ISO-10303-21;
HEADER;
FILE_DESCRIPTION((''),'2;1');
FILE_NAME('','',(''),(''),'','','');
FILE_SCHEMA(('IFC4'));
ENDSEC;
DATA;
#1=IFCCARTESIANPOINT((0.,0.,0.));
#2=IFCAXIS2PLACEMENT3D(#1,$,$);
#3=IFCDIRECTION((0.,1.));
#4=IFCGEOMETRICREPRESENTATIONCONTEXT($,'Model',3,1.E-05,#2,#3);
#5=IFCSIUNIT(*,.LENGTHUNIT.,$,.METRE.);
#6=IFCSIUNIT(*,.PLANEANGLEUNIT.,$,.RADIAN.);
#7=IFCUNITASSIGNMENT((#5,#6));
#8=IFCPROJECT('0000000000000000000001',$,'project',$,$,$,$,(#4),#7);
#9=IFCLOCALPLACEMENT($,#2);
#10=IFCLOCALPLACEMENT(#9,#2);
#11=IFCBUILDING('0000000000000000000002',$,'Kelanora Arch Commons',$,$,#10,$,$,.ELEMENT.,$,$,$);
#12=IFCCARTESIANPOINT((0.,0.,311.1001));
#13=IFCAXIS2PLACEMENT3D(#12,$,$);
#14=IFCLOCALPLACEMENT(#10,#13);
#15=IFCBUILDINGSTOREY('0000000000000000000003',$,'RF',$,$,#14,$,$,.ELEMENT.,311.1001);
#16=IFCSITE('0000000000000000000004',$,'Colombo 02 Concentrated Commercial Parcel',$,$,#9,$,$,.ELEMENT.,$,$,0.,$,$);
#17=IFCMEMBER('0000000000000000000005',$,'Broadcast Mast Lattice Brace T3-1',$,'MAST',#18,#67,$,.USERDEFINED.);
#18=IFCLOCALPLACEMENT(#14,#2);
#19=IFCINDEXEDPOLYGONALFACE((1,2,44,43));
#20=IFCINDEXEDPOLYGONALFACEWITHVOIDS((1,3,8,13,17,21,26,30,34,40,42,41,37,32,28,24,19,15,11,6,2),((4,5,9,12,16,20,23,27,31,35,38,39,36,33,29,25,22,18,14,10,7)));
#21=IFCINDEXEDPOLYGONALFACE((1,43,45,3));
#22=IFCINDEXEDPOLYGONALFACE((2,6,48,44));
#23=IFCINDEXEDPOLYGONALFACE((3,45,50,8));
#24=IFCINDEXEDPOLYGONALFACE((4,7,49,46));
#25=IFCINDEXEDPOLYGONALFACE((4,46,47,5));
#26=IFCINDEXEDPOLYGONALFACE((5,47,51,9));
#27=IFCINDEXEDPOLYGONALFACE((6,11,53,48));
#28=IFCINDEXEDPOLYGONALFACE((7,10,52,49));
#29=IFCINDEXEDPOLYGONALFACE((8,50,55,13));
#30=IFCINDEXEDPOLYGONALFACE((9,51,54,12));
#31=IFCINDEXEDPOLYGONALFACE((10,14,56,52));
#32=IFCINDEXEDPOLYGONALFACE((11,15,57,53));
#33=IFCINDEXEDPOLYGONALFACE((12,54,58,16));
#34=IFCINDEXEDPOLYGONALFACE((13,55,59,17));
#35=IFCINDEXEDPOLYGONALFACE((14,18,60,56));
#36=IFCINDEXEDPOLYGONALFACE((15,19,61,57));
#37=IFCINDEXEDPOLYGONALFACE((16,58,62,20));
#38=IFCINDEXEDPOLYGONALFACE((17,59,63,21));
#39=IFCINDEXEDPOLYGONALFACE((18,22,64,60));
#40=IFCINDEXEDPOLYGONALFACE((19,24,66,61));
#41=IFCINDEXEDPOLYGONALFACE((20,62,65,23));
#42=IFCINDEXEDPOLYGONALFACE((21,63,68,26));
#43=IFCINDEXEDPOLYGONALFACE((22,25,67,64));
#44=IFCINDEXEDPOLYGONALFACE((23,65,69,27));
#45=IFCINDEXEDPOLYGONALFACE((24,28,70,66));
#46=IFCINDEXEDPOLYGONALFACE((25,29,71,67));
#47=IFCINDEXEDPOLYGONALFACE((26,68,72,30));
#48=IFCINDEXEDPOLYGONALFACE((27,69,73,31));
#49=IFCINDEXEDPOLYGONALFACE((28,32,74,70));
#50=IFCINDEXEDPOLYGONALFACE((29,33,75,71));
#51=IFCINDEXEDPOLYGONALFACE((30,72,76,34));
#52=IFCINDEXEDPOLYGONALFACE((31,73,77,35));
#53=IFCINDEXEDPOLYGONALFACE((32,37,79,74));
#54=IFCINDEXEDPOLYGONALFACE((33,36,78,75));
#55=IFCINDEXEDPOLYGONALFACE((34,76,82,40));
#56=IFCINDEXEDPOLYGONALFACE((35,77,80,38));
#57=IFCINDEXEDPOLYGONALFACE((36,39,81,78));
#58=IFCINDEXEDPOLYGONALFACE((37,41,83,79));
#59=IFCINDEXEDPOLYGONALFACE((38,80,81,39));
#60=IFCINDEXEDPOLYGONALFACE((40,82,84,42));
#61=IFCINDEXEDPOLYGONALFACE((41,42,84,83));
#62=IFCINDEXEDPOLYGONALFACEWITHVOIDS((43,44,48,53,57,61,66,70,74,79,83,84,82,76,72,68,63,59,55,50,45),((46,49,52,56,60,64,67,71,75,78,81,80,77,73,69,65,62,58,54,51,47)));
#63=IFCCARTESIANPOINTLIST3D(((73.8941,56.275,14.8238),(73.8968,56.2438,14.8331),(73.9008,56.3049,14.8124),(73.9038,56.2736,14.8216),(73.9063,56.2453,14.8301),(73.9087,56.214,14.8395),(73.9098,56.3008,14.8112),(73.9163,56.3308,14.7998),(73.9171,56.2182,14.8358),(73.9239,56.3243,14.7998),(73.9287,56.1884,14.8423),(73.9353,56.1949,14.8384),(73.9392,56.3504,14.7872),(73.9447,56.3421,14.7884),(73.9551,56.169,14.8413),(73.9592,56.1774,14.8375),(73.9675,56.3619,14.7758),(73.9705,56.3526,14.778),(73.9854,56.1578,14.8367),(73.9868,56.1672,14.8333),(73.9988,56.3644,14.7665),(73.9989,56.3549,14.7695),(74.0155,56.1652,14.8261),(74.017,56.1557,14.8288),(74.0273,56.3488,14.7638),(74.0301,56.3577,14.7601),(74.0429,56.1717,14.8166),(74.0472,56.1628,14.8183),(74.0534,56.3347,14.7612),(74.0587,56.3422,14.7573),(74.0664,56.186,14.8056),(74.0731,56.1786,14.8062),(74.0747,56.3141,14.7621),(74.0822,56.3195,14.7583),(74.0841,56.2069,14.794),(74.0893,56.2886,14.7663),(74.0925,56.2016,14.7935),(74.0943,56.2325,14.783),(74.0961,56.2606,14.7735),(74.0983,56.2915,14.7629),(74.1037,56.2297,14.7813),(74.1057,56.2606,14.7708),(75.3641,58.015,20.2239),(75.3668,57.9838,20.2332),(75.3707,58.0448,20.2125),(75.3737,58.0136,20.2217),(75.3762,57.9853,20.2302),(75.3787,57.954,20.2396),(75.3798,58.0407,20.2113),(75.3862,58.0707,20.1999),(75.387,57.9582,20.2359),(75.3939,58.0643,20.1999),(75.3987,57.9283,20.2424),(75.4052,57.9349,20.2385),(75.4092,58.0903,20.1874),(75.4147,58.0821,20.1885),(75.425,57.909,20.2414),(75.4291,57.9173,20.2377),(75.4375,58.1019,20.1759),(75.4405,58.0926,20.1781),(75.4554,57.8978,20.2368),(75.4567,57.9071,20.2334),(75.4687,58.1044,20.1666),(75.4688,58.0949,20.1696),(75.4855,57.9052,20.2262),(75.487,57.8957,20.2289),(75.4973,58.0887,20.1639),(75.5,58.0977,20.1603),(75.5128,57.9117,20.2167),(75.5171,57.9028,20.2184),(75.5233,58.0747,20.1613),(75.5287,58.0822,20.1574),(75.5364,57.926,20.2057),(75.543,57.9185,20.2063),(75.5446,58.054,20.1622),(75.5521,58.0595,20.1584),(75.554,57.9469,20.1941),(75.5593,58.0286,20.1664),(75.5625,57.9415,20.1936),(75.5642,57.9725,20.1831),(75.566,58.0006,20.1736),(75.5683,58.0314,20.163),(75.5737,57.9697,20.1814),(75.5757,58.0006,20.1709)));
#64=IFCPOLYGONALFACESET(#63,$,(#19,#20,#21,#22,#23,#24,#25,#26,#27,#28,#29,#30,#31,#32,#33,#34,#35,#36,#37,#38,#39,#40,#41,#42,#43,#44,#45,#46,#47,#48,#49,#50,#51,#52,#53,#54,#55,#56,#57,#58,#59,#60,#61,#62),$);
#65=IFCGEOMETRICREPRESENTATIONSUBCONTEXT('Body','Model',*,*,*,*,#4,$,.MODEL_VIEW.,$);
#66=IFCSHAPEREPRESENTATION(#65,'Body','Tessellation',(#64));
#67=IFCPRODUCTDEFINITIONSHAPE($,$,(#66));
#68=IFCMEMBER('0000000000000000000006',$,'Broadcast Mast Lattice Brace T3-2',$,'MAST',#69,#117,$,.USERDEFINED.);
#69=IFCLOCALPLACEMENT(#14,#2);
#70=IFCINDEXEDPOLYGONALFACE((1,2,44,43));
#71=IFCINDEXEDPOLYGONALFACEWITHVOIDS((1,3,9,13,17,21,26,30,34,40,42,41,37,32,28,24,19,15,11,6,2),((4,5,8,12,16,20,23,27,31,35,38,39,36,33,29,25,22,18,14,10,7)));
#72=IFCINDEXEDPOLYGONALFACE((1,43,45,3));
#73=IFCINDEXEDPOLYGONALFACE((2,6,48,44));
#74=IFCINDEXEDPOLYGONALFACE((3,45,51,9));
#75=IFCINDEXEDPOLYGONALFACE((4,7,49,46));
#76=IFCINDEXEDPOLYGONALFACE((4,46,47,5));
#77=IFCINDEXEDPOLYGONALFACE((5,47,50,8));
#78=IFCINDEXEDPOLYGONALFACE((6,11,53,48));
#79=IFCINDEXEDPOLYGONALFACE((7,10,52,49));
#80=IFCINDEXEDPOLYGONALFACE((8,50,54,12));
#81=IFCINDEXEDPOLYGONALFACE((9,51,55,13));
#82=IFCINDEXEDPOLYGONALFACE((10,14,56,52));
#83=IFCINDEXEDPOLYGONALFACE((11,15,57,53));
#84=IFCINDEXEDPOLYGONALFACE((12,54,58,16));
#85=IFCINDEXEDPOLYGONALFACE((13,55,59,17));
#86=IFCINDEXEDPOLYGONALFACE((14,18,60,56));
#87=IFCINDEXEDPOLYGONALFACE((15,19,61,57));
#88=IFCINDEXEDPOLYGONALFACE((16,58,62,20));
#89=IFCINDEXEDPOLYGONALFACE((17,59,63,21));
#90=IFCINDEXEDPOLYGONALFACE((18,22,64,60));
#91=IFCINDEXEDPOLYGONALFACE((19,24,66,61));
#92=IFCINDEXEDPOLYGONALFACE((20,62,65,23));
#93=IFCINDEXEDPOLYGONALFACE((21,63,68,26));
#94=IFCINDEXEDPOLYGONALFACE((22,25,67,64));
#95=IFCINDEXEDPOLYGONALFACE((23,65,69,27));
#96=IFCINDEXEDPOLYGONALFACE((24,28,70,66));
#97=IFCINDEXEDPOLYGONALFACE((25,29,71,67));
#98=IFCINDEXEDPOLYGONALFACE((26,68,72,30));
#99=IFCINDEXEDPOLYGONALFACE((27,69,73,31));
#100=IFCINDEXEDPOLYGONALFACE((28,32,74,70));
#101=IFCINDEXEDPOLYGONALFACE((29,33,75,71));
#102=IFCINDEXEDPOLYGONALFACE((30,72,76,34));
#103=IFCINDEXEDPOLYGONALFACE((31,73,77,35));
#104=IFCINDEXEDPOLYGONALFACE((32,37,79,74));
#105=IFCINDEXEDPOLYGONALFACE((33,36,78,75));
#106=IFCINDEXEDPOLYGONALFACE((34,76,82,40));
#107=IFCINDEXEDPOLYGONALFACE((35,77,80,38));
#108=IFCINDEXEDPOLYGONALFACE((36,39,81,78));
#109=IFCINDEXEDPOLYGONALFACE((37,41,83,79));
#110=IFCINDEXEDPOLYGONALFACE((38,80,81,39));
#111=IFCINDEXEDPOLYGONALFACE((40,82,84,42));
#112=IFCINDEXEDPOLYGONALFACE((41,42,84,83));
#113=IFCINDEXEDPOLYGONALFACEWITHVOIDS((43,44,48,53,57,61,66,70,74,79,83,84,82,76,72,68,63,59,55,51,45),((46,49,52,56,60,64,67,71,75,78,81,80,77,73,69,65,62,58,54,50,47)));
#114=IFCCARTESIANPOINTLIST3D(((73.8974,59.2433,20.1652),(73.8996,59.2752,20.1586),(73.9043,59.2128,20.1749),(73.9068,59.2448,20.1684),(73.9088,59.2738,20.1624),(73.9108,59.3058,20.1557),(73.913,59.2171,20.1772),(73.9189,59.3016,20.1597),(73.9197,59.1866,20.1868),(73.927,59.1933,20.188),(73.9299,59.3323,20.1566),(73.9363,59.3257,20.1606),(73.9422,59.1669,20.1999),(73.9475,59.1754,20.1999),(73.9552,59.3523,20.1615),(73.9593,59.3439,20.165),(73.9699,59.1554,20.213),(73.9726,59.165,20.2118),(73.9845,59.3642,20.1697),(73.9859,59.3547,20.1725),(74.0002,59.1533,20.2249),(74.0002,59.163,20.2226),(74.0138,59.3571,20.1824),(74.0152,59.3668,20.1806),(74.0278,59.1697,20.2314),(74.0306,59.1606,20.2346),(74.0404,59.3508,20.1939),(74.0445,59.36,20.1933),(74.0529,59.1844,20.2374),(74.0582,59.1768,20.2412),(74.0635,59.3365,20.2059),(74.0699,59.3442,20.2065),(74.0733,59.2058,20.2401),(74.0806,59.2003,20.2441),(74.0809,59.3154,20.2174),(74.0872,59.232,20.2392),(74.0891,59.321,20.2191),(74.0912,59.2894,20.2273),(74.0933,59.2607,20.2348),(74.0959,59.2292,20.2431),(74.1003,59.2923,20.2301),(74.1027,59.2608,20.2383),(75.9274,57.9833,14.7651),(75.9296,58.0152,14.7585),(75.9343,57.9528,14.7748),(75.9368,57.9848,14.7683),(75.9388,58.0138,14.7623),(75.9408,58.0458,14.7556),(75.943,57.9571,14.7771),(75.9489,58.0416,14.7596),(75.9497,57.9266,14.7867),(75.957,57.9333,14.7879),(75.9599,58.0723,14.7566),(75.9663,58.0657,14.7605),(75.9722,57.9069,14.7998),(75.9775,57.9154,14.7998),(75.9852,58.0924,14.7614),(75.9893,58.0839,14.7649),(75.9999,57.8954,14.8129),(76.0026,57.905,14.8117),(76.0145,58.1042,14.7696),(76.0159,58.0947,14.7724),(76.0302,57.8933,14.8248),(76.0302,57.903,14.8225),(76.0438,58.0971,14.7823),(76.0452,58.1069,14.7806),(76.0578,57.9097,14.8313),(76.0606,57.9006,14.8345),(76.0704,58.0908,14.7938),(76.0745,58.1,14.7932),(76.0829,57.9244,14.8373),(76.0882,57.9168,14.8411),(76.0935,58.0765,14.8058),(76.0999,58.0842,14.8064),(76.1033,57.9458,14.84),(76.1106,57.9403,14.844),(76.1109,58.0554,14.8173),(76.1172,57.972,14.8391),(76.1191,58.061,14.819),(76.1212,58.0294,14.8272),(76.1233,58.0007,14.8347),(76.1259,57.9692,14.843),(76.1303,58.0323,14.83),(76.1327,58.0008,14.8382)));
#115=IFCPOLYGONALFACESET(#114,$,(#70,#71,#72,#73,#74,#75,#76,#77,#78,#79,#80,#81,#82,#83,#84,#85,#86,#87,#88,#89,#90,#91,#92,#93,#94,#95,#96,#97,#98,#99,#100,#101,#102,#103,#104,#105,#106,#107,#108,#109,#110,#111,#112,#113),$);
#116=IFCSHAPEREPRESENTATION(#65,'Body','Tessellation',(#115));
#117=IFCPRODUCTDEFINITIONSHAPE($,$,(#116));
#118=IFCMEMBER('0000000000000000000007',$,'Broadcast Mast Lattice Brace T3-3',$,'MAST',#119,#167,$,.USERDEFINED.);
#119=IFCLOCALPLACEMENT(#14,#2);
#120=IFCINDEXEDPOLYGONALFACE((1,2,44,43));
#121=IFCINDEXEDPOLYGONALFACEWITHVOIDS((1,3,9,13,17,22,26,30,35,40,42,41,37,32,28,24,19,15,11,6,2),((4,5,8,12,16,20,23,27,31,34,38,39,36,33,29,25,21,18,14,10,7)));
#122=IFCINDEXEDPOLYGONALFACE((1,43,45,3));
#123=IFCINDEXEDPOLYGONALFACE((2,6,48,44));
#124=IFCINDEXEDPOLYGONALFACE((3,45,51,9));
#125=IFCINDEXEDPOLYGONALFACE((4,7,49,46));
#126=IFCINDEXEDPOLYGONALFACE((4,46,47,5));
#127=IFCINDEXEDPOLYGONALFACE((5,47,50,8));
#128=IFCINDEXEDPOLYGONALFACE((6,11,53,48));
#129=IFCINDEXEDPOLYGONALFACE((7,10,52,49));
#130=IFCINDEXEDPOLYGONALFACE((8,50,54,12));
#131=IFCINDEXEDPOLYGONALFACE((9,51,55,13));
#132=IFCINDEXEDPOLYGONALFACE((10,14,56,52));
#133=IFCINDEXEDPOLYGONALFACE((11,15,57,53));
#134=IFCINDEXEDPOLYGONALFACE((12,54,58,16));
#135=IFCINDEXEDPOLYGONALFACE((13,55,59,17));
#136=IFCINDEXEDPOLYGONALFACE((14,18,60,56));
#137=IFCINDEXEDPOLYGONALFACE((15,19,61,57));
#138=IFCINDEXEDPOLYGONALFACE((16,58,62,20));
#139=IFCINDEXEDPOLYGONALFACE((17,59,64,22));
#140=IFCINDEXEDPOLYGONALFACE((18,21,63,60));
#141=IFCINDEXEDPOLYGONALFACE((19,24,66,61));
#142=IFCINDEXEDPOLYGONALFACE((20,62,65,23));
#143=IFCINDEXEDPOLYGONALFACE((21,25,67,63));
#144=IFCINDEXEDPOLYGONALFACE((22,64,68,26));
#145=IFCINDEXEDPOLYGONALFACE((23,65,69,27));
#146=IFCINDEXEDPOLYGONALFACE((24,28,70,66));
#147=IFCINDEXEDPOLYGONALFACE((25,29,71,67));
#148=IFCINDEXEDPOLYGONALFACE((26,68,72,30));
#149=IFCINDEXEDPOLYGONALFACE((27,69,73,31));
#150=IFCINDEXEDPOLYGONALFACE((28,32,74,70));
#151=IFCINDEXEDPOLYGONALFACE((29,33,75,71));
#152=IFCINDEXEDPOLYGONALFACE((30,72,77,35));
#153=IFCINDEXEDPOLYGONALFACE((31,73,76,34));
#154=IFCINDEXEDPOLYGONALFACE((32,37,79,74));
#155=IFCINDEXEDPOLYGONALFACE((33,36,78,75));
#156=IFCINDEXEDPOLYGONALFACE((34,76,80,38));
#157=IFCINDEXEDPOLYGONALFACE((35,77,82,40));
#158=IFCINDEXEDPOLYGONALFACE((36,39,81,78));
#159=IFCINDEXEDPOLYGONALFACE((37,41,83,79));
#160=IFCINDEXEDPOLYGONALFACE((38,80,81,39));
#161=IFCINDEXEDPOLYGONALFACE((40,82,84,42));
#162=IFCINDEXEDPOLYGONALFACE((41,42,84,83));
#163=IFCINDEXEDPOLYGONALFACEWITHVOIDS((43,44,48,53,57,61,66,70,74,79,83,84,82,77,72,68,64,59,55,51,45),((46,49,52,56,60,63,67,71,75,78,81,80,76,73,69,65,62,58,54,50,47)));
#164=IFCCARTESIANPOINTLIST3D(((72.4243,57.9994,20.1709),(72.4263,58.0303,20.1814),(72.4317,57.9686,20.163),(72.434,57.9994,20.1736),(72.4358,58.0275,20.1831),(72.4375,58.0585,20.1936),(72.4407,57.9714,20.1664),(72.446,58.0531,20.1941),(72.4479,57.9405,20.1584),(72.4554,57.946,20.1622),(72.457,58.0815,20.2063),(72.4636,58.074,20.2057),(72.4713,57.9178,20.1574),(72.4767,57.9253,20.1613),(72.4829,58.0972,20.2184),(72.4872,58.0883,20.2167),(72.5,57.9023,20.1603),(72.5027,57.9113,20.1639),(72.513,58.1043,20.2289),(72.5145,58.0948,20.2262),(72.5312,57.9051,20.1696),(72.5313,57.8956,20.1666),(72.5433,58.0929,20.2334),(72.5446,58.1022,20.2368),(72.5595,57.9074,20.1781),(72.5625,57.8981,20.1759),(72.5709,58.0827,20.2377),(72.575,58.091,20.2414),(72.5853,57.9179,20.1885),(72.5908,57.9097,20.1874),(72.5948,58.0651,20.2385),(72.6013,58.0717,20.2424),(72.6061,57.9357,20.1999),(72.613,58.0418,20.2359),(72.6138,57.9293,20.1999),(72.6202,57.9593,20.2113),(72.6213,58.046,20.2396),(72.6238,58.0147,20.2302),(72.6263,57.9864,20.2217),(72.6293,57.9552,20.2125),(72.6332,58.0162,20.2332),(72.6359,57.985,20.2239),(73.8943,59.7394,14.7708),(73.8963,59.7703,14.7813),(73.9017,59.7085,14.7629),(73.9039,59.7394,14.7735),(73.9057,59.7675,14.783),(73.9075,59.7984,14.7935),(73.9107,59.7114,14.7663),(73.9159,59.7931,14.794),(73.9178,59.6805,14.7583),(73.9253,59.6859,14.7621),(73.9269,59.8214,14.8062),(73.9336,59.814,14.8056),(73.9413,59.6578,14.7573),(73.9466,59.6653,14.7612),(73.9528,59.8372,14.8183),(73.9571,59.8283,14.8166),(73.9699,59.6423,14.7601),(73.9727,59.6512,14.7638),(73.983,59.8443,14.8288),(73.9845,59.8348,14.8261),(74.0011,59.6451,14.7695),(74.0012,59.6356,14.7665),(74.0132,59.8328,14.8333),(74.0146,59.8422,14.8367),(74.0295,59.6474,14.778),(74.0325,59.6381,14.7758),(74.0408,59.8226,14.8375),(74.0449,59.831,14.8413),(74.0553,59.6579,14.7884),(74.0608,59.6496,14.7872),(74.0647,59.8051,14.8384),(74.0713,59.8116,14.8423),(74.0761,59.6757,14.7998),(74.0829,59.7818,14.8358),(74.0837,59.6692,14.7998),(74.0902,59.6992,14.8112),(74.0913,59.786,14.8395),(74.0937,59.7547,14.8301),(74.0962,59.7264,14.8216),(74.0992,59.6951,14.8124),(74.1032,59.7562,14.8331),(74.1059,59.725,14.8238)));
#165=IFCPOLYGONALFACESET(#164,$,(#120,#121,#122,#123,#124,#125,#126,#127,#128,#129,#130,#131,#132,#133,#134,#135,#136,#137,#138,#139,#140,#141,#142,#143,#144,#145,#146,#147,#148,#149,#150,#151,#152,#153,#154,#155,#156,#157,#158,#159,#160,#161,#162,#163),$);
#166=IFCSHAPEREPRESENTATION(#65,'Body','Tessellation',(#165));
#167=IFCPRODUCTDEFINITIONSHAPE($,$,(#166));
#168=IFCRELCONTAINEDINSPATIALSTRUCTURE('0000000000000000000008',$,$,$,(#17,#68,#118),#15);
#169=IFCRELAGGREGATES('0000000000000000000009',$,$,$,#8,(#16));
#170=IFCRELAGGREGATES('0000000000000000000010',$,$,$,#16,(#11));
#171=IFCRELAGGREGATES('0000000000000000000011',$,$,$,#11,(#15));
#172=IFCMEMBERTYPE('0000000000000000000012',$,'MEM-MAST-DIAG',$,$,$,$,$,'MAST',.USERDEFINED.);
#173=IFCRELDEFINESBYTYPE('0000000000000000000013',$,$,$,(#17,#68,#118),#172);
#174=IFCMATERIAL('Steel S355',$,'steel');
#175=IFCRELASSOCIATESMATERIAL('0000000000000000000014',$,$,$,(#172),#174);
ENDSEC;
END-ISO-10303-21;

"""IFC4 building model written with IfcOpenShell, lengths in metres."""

from ifc_helpers import new_model, si_unit, direction, frame, origin, origin_2d, place, context, subcontext, project, spatial, hollow_circle, extrude, material, material_profile, profile_set, type_object, element, save


model = new_model("IFC4")

# Units and contexts
model_context = context("Model", 3, precision=1e-05, world=origin(), true_north=direction((0.0, 1.0)))
body_context = subcontext(model_context, "Body", "Model", "MODEL_VIEW")
ifc_project = project(units=[si_unit("LENGTHUNIT", "METRE"), si_unit("PLANEANGLEUNIT", "RADIAN")], contexts=[model_context])

# Site, building, storey
site_placement = place(None, origin())
site = spatial("IfcSite", under=ifc_project, at=site_placement, Name="Colombo 02 Concentrated Commercial Parcel", CompositionType="ELEMENT", RefElevation=0.0)
building_placement = place(site_placement, origin())
building = spatial("IfcBuilding", under=site, at=building_placement, Name="Kelanora Arch Commons", CompositionType="ELEMENT")
storey_placement = place(building_placement, frame((0.0, 0.0, 311.1001)))
storey = spatial("IfcBuildingStorey", under=building, at=storey_placement, Name="RF", CompositionType="ELEMENT", Elevation=311.1001)

# Members
ifc_material = material(Name="Steel S355", Category="steel")
ifc_material_profile_1 = material_profile(ifc_material, hollow_circle(Radius=0.1096, WallThickness=0.01, at=origin_2d()), Name="CHS219.1x10")
ifc_profile_set_1 = profile_set([ifc_material_profile_1], Name="Steel S355")
member_type_1 = type_object("IfcMemberType", Name="MEM-MAST-DIAG", ElementType="MAST", PredefinedType="USERDEFINED", material=ifc_profile_set_1)
member_1_placement = place(storey_placement, frame((74.0, 56.26, 14.7998), z_axis=(0.25081, 0.296882, 0.921388), x_axis=(-0.76389, 0.645346, 0.0)))
element("IfcMember", 1, at=member_1_placement, inside=storey, type_object=member_type_1, Name="Broadcast Mast Lattice Brace T3-1", ObjectType="MAST", PredefinedType="USERDEFINED", context=body_context, shape_type="SweptSolid", body=[
    extrude(hollow_circle(Radius=0.1096, WallThickness=0.01, at=origin_2d()), origin(), (0.0, 0.0, 1.0), 5.8608),
])
member_2_placement = place(storey_placement, frame((76.03, 58.0, 14.7998), z_axis=(-0.343776, 0.213376, 0.914488), x_axis=(-0.52736, -0.849642, 0.0)))
element("IfcMember", 2, at=member_2_placement, inside=storey, type_object=member_type_1, Name="Broadcast Mast Lattice Brace T3-2", ObjectType="MAST", PredefinedType="USERDEFINED", context=body_context, shape_type="SweptSolid", body=[
    extrude(hollow_circle(Radius=0.1096, WallThickness=0.01, at=origin_2d()), origin(), (0.0, 0.0, 1.0), 5.905),
])
member_3_placement = place(storey_placement, frame((74.0, 59.74, 14.7998), z_axis=(-0.25081, -0.296882, 0.921388), x_axis=(0.76389, -0.645346, 0.0)))
element("IfcMember", 3, at=member_3_placement, inside=storey, type_object=member_type_1, Name="Broadcast Mast Lattice Brace T3-3", ObjectType="MAST", PredefinedType="USERDEFINED", context=body_context, shape_type="SweptSolid", body=[
    extrude(hollow_circle(Radius=0.1096, WallThickness=0.01, at=origin_2d()), origin(), (0.0, 0.0, 1.0), 5.8608),
])

save(model, "model.ifc")
